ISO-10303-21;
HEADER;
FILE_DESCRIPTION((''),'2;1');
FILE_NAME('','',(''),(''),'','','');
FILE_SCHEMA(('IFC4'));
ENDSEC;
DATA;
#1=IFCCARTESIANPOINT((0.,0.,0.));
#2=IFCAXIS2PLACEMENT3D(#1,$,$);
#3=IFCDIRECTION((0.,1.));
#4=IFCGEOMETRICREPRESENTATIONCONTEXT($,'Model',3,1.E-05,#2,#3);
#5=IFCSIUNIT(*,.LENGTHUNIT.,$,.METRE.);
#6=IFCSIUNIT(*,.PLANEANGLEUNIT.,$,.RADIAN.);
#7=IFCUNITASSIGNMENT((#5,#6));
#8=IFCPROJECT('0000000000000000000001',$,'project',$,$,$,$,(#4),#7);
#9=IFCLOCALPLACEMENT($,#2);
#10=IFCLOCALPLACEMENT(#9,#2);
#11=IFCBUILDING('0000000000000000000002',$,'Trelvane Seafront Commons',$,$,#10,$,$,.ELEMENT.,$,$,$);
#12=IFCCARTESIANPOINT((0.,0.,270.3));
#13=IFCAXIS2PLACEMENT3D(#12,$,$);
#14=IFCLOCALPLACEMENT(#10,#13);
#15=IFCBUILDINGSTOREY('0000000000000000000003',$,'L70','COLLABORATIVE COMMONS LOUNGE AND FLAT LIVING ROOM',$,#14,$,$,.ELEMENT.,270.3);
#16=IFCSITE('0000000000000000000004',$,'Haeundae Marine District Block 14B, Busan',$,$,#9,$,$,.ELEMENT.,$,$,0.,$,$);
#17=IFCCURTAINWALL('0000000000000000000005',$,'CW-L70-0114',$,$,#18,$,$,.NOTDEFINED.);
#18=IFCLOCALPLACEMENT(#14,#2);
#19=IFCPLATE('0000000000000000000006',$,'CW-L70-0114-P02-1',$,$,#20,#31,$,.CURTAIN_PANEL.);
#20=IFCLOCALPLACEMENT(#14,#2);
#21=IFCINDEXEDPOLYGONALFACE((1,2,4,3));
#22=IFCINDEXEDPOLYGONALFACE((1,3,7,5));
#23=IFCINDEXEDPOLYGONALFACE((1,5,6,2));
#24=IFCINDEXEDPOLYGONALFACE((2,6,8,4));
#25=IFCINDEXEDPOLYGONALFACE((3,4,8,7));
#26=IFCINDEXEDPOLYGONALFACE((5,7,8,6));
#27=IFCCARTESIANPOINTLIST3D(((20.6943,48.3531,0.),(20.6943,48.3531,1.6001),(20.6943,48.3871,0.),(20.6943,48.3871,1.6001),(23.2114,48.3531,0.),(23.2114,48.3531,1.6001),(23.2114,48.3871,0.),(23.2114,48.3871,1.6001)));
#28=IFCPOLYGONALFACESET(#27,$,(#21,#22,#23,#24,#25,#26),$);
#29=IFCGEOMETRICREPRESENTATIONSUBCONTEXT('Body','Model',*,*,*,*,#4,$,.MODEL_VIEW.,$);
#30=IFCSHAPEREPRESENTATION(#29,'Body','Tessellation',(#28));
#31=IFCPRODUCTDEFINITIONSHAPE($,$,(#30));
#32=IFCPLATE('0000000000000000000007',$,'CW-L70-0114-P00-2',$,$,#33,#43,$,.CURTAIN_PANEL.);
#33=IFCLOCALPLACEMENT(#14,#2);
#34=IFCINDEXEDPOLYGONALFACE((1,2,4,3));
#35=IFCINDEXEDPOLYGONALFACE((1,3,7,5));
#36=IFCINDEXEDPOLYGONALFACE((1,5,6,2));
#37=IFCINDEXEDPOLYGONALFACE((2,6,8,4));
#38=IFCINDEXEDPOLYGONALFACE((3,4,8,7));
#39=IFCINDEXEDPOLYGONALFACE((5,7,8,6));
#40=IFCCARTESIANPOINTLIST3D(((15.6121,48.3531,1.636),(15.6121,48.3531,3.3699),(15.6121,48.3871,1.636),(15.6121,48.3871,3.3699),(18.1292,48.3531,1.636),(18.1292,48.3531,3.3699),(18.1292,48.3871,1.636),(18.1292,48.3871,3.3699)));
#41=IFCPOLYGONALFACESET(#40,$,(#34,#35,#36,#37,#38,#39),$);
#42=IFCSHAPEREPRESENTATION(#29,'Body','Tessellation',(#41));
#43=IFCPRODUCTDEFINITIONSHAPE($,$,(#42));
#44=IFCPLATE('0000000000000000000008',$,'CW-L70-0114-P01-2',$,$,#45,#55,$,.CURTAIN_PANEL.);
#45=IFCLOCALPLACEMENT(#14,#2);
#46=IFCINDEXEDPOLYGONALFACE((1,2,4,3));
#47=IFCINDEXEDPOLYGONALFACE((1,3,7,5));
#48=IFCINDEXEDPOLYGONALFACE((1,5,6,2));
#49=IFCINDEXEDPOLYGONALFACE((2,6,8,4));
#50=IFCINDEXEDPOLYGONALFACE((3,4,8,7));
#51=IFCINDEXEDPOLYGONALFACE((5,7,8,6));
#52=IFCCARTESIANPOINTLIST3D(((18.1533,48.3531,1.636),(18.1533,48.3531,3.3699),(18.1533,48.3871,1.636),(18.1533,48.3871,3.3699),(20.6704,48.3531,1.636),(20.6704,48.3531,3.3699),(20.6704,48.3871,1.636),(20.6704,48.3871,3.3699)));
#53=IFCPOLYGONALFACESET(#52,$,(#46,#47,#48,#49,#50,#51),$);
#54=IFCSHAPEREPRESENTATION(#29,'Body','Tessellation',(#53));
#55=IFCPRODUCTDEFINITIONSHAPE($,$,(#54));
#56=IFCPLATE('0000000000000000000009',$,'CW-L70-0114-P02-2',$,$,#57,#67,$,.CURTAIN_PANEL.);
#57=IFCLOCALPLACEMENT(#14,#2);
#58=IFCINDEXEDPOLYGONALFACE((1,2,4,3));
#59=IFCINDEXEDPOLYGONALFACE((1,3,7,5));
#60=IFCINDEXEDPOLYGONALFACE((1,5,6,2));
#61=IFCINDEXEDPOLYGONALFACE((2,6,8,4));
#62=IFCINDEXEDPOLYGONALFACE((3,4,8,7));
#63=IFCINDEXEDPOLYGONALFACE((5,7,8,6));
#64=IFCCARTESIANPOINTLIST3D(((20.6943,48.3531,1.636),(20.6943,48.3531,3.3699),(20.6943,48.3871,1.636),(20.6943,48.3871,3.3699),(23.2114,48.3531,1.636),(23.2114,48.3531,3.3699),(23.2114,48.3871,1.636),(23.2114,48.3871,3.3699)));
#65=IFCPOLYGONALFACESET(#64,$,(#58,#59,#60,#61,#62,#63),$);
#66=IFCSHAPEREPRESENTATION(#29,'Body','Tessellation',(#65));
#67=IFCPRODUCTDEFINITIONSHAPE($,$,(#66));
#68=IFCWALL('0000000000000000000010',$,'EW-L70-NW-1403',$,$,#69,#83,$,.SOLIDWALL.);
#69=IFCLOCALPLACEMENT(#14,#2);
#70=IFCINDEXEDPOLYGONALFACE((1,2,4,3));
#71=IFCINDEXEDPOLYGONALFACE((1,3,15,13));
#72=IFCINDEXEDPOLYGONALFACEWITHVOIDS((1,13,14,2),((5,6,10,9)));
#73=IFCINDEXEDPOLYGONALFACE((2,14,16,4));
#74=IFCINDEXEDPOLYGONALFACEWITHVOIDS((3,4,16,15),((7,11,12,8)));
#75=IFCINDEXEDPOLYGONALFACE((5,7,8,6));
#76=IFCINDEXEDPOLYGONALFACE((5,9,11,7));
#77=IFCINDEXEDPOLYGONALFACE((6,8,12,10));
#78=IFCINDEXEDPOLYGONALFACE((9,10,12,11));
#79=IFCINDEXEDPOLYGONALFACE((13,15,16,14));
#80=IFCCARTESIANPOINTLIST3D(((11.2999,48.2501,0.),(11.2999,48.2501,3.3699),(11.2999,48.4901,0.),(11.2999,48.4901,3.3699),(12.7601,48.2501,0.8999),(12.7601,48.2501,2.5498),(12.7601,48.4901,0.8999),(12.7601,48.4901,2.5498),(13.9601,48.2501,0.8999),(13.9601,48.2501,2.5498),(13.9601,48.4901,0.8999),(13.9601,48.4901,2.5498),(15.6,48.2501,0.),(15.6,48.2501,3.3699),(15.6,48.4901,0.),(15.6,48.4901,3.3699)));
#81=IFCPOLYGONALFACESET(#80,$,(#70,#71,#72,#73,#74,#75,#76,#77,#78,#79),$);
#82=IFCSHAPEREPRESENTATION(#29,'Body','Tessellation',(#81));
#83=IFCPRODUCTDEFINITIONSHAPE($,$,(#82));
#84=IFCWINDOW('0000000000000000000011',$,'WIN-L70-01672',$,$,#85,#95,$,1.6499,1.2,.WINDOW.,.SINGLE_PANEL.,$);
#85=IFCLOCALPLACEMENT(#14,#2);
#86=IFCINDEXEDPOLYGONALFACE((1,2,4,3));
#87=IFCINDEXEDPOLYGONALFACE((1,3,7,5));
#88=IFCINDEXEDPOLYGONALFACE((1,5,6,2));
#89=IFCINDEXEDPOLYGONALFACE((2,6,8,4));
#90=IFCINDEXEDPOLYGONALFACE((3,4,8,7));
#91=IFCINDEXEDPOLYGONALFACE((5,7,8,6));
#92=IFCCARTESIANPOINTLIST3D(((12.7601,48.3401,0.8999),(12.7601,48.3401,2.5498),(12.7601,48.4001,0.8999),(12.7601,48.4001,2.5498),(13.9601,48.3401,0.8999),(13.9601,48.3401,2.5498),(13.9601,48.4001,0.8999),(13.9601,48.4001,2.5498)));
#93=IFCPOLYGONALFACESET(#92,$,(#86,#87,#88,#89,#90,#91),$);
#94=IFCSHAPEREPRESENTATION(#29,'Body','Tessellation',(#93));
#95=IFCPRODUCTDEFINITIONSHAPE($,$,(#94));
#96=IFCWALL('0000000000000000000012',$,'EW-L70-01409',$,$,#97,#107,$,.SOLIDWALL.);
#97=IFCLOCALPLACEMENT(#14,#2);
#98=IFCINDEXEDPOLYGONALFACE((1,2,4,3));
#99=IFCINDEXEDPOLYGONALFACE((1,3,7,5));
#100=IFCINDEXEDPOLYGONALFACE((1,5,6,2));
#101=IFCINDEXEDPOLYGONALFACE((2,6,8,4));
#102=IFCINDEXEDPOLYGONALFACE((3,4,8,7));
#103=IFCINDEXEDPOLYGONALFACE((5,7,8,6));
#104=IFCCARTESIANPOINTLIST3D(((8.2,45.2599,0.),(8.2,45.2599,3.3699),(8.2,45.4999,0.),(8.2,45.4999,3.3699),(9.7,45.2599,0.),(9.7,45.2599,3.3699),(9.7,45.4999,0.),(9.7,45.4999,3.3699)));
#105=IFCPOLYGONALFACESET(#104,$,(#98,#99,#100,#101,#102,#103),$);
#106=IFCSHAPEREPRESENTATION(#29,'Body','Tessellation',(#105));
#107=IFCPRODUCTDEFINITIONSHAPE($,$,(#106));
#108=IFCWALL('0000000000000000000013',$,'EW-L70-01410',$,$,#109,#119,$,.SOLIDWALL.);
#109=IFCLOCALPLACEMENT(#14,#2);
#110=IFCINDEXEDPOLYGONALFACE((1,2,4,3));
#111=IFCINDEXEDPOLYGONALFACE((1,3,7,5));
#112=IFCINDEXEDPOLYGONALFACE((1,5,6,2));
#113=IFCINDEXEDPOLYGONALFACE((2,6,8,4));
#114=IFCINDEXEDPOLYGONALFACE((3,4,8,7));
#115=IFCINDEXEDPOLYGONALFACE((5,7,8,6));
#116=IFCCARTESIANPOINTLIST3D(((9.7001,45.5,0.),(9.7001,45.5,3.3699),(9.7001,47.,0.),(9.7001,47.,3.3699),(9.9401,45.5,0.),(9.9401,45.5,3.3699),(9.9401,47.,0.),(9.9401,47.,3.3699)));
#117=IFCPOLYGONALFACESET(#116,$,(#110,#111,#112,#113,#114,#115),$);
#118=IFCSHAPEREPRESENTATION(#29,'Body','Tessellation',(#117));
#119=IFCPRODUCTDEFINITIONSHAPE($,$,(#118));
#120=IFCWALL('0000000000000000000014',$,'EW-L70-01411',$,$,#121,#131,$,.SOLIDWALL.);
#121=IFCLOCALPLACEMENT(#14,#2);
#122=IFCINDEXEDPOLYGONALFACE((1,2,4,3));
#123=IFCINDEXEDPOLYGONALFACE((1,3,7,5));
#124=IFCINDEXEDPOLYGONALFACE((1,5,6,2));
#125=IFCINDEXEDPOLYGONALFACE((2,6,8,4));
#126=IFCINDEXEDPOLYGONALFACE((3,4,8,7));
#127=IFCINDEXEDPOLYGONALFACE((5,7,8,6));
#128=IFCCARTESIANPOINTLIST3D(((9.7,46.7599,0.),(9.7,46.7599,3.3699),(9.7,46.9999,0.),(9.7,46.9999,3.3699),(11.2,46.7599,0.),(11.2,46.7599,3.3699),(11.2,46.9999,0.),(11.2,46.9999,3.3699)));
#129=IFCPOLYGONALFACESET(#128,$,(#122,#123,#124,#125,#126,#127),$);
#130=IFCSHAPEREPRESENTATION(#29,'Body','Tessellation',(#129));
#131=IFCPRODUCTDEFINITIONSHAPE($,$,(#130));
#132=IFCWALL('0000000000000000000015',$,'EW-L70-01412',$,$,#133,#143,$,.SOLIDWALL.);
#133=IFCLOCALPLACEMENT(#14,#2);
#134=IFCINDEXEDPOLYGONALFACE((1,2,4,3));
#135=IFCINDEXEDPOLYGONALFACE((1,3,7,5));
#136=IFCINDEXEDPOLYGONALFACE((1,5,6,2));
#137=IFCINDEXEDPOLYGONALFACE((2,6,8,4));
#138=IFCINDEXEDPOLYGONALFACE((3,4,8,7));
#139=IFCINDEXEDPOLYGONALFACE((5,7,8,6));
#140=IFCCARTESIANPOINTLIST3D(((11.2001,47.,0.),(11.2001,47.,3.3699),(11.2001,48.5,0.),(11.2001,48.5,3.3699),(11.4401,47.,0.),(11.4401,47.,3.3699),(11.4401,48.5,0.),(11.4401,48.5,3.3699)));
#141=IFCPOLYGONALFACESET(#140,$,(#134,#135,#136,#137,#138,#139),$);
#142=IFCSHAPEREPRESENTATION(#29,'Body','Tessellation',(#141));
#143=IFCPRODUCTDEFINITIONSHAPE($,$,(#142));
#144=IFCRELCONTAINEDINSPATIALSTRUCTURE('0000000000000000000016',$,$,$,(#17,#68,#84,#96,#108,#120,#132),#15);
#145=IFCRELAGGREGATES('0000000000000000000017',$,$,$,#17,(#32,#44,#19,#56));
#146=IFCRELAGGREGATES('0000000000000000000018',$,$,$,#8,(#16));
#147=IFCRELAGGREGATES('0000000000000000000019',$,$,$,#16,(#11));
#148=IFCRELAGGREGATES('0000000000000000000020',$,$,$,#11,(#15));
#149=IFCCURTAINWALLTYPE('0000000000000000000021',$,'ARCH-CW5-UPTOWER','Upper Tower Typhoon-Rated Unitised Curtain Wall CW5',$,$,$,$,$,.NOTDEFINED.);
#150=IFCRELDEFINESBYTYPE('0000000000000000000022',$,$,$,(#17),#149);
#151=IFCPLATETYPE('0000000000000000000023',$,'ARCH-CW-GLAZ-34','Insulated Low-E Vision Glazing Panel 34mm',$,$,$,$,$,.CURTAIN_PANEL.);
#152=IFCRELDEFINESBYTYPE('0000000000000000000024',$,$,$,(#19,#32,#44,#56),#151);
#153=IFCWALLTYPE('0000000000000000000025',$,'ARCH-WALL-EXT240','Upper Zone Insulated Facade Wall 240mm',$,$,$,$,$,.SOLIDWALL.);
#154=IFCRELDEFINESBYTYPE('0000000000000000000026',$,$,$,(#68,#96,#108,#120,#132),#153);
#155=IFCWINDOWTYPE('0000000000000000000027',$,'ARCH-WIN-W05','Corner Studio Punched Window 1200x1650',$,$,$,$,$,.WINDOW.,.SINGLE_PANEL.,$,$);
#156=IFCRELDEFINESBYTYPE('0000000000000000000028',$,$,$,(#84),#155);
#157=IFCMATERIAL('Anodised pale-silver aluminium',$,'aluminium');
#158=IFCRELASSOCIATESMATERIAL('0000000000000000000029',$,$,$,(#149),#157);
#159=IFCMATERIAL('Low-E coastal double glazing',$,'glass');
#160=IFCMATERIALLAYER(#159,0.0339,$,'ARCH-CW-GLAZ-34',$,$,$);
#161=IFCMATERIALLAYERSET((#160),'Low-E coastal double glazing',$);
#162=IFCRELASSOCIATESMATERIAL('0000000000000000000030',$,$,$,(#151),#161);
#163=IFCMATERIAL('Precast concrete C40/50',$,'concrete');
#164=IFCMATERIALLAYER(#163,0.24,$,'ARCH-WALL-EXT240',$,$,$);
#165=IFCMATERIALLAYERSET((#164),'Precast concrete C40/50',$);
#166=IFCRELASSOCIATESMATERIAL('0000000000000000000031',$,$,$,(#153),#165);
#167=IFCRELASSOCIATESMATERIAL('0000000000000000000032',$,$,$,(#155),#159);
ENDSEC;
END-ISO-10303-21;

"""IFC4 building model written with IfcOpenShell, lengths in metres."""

from ifc_helpers import new_model, si_unit, direction, frame, frame_2d, origin, origin_2d, place, context, subcontext, project, spatial, rectangle, extrude, source, transform, mapped, material, layer, layer_set, type_object, element, fill, aggregate, save


model = new_model("IFC4")

# Units and contexts
model_context = context("Model", 3, precision=1e-05, world=origin(), true_north=direction((0.0, 1.0)))
body_context = subcontext(model_context, "Body", "Model", "MODEL_VIEW")
ifc_project = project(units=[si_unit("LENGTHUNIT", "METRE"), si_unit("PLANEANGLEUNIT", "RADIAN")], contexts=[model_context])

# Site, building, storey
site_placement = place(None, origin())
site = spatial("IfcSite", under=ifc_project, at=site_placement, Name="Haeundae Marine District Block 14B, Busan", CompositionType="ELEMENT", RefElevation=0.0)
building_placement = place(site_placement, origin())
building = spatial("IfcBuilding", under=site, at=building_placement, Name="Trelvane Seafront Commons", CompositionType="ELEMENT")
storey_placement = place(building_placement, frame((0.0, 0.0, 270.3)))
storey = spatial("IfcBuildingStorey", under=building, at=storey_placement, Name="L70", Description="COLLABORATIVE COMMONS LOUNGE AND FLAT LIVING ROOM", CompositionType="ELEMENT", Elevation=270.3)

# Curtain wall
ifc_material_1 = material(Name="Anodised pale-silver aluminium", Category="aluminium")
curtain_wall_type = type_object("IfcCurtainWallType", Name="ARCH-CW5-UPTOWER", Description="Upper Tower Typhoon-Rated Unitised Curtain Wall CW5", PredefinedType="NOTDEFINED", material=ifc_material_1)
curtain_wall_placement = place(storey_placement, origin())
curtain_wall = element("IfcCurtainWall", 1, at=curtain_wall_placement, inside=storey, type_object=curtain_wall_type, Name="CW-L70-0114", PredefinedType="NOTDEFINED")

# Plates
ifc_material_2 = material(Name="Low-E coastal double glazing", Category="glass")
ifc_layer_1 = layer(ifc_material_2, 0.0339, Name="ARCH-CW-GLAZ-34")
ifc_layer_set_1 = layer_set([ifc_layer_1], Name="Low-E coastal double glazing")
plate_type_1 = type_object("IfcPlateType", Name="ARCH-CW-GLAZ-34", Description="Insulated Low-E Vision Glazing Panel 34mm", PredefinedType="CURTAIN_PANEL", material=ifc_layer_set_1)
shared_shape_1 = source(origin(), body_context, "Body", "SweptSolid", [
    extrude(rectangle(XDim=2.5171, YDim=0.0339, at=origin_2d()), origin(), (0.0, 0.0, 1.0), 1.6001),
])
plate_1_placement = place(storey_placement, frame((21.9529, 48.3701, 0.0), z_axis=(0.0, 0.0, 1.0), x_axis=(1.0, 0.0, 0.0)))
plate_1 = element("IfcPlate", 2, at=plate_1_placement, type_object=plate_type_1, Name="CW-L70-0114-P02-1", PredefinedType="CURTAIN_PANEL", context=body_context, shape_type="MappedRepresentation", body=[
    mapped(shared_shape_1, transform((0.0, 0.0, 0.0), x_axis=(1.0, 0.0, 0.0), y_axis=(0.0, 1.0, 0.0), z_axis=(0.0, 0.0, 1.0), scale=1.0)),
])
shared_shape_2 = source(origin(), body_context, "Body", "SweptSolid", [
    extrude(rectangle(XDim=2.5171, YDim=0.0339, at=origin_2d()), origin(), (0.0, 0.0, 1.0), 1.7339),
])
plate_2_placement = place(storey_placement, frame((16.8706, 48.3701, 1.636), z_axis=(0.0, 0.0, 1.0), x_axis=(1.0, 0.0, 0.0)))
plate_2 = element("IfcPlate", 3, at=plate_2_placement, type_object=plate_type_1, Name="CW-L70-0114-P00-2", PredefinedType="CURTAIN_PANEL", context=body_context, shape_type="MappedRepresentation", body=[
    mapped(shared_shape_2, transform((0.0, 0.0, 0.0), x_axis=(1.0, 0.0, 0.0), y_axis=(0.0, 1.0, 0.0), z_axis=(0.0, 0.0, 1.0), scale=1.0)),
])
plate_3_placement = place(storey_placement, frame((19.4119, 48.3701, 1.636), z_axis=(0.0, 0.0, 1.0), x_axis=(1.0, 0.0, 0.0)))
plate_3 = element("IfcPlate", 4, at=plate_3_placement, type_object=plate_type_1, Name="CW-L70-0114-P01-2", PredefinedType="CURTAIN_PANEL", context=body_context, shape_type="MappedRepresentation", body=[
    mapped(shared_shape_2, transform((0.0, 0.0, 0.0), x_axis=(1.0, 0.0, 0.0), y_axis=(0.0, 1.0, 0.0), z_axis=(0.0, 0.0, 1.0), scale=1.0)),
])
plate_4_placement = place(storey_placement, frame((21.9529, 48.3701, 1.636), z_axis=(0.0, 0.0, 1.0), x_axis=(1.0, 0.0, 0.0)))
plate_4 = element("IfcPlate", 5, at=plate_4_placement, type_object=plate_type_1, Name="CW-L70-0114-P02-2", PredefinedType="CURTAIN_PANEL", context=body_context, shape_type="MappedRepresentation", body=[
    mapped(shared_shape_2, transform((0.0, 0.0, 0.0), x_axis=(1.0, 0.0, 0.0), y_axis=(0.0, 1.0, 0.0), z_axis=(0.0, 0.0, 1.0), scale=1.0)),
])
aggregate(curtain_wall, [plate_2, plate_3, plate_1, plate_4])

# Wall, opening, window
ifc_material_3 = material(Name="Precast concrete C40/50", Category="concrete")
ifc_layer_2 = layer(ifc_material_3, 0.24, Name="ARCH-WALL-EXT240")
ifc_layer_set_2 = layer_set([ifc_layer_2], Name="Precast concrete C40/50")
wall_type = type_object("IfcWallType", Name="ARCH-WALL-EXT240", Description="Upper Zone Insulated Facade Wall 240mm", PredefinedType="SOLIDWALL", material=ifc_layer_set_2)
wall_placement = place(storey_placement, frame((11.3, 48.3701, 0.0), z_axis=(0.0, 0.0, 1.0), x_axis=(1.0, 0.0, 0.0)))
wall = element("IfcWall", 6, at=wall_placement, inside=storey, type_object=wall_type, Name="EW-L70-NW-1403", PredefinedType="SOLIDWALL", context=body_context, shape_type="SweptSolid", body=[
    extrude(rectangle(XDim=4.3, YDim=0.24, at=frame_2d((2.1499, 0.0))), origin(), (0.0, 0.0, 1.0), 3.3699),
])
opening_placement = place(wall_placement, frame((1.46, 0.0, 0.8999)))
opening = element("IfcOpeningElement", 7, at=opening_placement, cuts=wall, PredefinedType="OPENING", context=body_context, shape_type="SweptSolid", body=[
    extrude(rectangle(XDim=1.2, YDim=1.6499, at=frame_2d((0.6001, 0.825))), frame((0.0, 0.1299, 0.0), z_axis=(0.0, -1.0, 0.0), x_axis=(1.0, 0.0, 0.0)), (0.0, 0.0, 1.0), 0.26),
])
window_type = type_object("IfcWindowType", Name="ARCH-WIN-W05", Description="Corner Studio Punched Window 1200x1650", PartitioningType="SINGLE_PANEL", PredefinedType="WINDOW", material=ifc_material_2)
shared_shape_3 = source(origin(), body_context, "Body", "SweptSolid", [
    extrude(rectangle(XDim=1.2, YDim=1.6499, at=frame_2d((0.6001, 0.825))), frame((0.0, 0.03, 0.0), z_axis=(0.0, -1.0, 0.0), x_axis=(1.0, 0.0, 0.0)), (0.0, 0.0, 1.0), 0.0601),
])
window_placement = place(opening_placement, origin())
window = element("IfcWindow", 8, at=window_placement, inside=storey, type_object=window_type, Name="WIN-L70-01672", OverallHeight=1.6499, OverallWidth=1.2, PartitioningType="SINGLE_PANEL", PredefinedType="WINDOW", context=body_context, shape_type="MappedRepresentation", body=[
    mapped(shared_shape_3, transform((0.0, 0.0, 0.0), x_axis=(1.0, 0.0, 0.0), y_axis=(0.0, 1.0, 0.0), z_axis=(0.0, 0.0, 1.0), scale=1.0)),
])
fill(opening, window)

# Walls
for number, where, z_axis, x_axis, name in (
    (9, (8.2, 45.3799, 0.0), (0.0, 0.0, 1.0), (1.0, 0.0, 0.0), "EW-L70-01409"),
    (10, (9.8201, 45.5, 0.0), (0.0, 0.0, 1.0), (0.0, 1.0, 0.0), "EW-L70-01410"),
    (11, (9.7, 46.8799, 0.0), (0.0, 0.0, 1.0), (1.0, 0.0, 0.0), "EW-L70-01411"),
    (12, (11.3201, 47.0, 0.0), (0.0, 0.0, 1.0), (0.0, 1.0, 0.0), "EW-L70-01412"),
):
    element("IfcWall", number, at=place(storey_placement, frame(where, z_axis=z_axis, x_axis=x_axis)), inside=storey, type_object=wall_type, Name=name, PredefinedType="SOLIDWALL", context=body_context, shape_type="SweptSolid", body=[
        extrude(rectangle(XDim=1.5, YDim=0.24, at=frame_2d((0.75, 0.0))), origin(), (0.0, 0.0, 1.0), 3.3699),
    ])

save(model, "model.ifc")
